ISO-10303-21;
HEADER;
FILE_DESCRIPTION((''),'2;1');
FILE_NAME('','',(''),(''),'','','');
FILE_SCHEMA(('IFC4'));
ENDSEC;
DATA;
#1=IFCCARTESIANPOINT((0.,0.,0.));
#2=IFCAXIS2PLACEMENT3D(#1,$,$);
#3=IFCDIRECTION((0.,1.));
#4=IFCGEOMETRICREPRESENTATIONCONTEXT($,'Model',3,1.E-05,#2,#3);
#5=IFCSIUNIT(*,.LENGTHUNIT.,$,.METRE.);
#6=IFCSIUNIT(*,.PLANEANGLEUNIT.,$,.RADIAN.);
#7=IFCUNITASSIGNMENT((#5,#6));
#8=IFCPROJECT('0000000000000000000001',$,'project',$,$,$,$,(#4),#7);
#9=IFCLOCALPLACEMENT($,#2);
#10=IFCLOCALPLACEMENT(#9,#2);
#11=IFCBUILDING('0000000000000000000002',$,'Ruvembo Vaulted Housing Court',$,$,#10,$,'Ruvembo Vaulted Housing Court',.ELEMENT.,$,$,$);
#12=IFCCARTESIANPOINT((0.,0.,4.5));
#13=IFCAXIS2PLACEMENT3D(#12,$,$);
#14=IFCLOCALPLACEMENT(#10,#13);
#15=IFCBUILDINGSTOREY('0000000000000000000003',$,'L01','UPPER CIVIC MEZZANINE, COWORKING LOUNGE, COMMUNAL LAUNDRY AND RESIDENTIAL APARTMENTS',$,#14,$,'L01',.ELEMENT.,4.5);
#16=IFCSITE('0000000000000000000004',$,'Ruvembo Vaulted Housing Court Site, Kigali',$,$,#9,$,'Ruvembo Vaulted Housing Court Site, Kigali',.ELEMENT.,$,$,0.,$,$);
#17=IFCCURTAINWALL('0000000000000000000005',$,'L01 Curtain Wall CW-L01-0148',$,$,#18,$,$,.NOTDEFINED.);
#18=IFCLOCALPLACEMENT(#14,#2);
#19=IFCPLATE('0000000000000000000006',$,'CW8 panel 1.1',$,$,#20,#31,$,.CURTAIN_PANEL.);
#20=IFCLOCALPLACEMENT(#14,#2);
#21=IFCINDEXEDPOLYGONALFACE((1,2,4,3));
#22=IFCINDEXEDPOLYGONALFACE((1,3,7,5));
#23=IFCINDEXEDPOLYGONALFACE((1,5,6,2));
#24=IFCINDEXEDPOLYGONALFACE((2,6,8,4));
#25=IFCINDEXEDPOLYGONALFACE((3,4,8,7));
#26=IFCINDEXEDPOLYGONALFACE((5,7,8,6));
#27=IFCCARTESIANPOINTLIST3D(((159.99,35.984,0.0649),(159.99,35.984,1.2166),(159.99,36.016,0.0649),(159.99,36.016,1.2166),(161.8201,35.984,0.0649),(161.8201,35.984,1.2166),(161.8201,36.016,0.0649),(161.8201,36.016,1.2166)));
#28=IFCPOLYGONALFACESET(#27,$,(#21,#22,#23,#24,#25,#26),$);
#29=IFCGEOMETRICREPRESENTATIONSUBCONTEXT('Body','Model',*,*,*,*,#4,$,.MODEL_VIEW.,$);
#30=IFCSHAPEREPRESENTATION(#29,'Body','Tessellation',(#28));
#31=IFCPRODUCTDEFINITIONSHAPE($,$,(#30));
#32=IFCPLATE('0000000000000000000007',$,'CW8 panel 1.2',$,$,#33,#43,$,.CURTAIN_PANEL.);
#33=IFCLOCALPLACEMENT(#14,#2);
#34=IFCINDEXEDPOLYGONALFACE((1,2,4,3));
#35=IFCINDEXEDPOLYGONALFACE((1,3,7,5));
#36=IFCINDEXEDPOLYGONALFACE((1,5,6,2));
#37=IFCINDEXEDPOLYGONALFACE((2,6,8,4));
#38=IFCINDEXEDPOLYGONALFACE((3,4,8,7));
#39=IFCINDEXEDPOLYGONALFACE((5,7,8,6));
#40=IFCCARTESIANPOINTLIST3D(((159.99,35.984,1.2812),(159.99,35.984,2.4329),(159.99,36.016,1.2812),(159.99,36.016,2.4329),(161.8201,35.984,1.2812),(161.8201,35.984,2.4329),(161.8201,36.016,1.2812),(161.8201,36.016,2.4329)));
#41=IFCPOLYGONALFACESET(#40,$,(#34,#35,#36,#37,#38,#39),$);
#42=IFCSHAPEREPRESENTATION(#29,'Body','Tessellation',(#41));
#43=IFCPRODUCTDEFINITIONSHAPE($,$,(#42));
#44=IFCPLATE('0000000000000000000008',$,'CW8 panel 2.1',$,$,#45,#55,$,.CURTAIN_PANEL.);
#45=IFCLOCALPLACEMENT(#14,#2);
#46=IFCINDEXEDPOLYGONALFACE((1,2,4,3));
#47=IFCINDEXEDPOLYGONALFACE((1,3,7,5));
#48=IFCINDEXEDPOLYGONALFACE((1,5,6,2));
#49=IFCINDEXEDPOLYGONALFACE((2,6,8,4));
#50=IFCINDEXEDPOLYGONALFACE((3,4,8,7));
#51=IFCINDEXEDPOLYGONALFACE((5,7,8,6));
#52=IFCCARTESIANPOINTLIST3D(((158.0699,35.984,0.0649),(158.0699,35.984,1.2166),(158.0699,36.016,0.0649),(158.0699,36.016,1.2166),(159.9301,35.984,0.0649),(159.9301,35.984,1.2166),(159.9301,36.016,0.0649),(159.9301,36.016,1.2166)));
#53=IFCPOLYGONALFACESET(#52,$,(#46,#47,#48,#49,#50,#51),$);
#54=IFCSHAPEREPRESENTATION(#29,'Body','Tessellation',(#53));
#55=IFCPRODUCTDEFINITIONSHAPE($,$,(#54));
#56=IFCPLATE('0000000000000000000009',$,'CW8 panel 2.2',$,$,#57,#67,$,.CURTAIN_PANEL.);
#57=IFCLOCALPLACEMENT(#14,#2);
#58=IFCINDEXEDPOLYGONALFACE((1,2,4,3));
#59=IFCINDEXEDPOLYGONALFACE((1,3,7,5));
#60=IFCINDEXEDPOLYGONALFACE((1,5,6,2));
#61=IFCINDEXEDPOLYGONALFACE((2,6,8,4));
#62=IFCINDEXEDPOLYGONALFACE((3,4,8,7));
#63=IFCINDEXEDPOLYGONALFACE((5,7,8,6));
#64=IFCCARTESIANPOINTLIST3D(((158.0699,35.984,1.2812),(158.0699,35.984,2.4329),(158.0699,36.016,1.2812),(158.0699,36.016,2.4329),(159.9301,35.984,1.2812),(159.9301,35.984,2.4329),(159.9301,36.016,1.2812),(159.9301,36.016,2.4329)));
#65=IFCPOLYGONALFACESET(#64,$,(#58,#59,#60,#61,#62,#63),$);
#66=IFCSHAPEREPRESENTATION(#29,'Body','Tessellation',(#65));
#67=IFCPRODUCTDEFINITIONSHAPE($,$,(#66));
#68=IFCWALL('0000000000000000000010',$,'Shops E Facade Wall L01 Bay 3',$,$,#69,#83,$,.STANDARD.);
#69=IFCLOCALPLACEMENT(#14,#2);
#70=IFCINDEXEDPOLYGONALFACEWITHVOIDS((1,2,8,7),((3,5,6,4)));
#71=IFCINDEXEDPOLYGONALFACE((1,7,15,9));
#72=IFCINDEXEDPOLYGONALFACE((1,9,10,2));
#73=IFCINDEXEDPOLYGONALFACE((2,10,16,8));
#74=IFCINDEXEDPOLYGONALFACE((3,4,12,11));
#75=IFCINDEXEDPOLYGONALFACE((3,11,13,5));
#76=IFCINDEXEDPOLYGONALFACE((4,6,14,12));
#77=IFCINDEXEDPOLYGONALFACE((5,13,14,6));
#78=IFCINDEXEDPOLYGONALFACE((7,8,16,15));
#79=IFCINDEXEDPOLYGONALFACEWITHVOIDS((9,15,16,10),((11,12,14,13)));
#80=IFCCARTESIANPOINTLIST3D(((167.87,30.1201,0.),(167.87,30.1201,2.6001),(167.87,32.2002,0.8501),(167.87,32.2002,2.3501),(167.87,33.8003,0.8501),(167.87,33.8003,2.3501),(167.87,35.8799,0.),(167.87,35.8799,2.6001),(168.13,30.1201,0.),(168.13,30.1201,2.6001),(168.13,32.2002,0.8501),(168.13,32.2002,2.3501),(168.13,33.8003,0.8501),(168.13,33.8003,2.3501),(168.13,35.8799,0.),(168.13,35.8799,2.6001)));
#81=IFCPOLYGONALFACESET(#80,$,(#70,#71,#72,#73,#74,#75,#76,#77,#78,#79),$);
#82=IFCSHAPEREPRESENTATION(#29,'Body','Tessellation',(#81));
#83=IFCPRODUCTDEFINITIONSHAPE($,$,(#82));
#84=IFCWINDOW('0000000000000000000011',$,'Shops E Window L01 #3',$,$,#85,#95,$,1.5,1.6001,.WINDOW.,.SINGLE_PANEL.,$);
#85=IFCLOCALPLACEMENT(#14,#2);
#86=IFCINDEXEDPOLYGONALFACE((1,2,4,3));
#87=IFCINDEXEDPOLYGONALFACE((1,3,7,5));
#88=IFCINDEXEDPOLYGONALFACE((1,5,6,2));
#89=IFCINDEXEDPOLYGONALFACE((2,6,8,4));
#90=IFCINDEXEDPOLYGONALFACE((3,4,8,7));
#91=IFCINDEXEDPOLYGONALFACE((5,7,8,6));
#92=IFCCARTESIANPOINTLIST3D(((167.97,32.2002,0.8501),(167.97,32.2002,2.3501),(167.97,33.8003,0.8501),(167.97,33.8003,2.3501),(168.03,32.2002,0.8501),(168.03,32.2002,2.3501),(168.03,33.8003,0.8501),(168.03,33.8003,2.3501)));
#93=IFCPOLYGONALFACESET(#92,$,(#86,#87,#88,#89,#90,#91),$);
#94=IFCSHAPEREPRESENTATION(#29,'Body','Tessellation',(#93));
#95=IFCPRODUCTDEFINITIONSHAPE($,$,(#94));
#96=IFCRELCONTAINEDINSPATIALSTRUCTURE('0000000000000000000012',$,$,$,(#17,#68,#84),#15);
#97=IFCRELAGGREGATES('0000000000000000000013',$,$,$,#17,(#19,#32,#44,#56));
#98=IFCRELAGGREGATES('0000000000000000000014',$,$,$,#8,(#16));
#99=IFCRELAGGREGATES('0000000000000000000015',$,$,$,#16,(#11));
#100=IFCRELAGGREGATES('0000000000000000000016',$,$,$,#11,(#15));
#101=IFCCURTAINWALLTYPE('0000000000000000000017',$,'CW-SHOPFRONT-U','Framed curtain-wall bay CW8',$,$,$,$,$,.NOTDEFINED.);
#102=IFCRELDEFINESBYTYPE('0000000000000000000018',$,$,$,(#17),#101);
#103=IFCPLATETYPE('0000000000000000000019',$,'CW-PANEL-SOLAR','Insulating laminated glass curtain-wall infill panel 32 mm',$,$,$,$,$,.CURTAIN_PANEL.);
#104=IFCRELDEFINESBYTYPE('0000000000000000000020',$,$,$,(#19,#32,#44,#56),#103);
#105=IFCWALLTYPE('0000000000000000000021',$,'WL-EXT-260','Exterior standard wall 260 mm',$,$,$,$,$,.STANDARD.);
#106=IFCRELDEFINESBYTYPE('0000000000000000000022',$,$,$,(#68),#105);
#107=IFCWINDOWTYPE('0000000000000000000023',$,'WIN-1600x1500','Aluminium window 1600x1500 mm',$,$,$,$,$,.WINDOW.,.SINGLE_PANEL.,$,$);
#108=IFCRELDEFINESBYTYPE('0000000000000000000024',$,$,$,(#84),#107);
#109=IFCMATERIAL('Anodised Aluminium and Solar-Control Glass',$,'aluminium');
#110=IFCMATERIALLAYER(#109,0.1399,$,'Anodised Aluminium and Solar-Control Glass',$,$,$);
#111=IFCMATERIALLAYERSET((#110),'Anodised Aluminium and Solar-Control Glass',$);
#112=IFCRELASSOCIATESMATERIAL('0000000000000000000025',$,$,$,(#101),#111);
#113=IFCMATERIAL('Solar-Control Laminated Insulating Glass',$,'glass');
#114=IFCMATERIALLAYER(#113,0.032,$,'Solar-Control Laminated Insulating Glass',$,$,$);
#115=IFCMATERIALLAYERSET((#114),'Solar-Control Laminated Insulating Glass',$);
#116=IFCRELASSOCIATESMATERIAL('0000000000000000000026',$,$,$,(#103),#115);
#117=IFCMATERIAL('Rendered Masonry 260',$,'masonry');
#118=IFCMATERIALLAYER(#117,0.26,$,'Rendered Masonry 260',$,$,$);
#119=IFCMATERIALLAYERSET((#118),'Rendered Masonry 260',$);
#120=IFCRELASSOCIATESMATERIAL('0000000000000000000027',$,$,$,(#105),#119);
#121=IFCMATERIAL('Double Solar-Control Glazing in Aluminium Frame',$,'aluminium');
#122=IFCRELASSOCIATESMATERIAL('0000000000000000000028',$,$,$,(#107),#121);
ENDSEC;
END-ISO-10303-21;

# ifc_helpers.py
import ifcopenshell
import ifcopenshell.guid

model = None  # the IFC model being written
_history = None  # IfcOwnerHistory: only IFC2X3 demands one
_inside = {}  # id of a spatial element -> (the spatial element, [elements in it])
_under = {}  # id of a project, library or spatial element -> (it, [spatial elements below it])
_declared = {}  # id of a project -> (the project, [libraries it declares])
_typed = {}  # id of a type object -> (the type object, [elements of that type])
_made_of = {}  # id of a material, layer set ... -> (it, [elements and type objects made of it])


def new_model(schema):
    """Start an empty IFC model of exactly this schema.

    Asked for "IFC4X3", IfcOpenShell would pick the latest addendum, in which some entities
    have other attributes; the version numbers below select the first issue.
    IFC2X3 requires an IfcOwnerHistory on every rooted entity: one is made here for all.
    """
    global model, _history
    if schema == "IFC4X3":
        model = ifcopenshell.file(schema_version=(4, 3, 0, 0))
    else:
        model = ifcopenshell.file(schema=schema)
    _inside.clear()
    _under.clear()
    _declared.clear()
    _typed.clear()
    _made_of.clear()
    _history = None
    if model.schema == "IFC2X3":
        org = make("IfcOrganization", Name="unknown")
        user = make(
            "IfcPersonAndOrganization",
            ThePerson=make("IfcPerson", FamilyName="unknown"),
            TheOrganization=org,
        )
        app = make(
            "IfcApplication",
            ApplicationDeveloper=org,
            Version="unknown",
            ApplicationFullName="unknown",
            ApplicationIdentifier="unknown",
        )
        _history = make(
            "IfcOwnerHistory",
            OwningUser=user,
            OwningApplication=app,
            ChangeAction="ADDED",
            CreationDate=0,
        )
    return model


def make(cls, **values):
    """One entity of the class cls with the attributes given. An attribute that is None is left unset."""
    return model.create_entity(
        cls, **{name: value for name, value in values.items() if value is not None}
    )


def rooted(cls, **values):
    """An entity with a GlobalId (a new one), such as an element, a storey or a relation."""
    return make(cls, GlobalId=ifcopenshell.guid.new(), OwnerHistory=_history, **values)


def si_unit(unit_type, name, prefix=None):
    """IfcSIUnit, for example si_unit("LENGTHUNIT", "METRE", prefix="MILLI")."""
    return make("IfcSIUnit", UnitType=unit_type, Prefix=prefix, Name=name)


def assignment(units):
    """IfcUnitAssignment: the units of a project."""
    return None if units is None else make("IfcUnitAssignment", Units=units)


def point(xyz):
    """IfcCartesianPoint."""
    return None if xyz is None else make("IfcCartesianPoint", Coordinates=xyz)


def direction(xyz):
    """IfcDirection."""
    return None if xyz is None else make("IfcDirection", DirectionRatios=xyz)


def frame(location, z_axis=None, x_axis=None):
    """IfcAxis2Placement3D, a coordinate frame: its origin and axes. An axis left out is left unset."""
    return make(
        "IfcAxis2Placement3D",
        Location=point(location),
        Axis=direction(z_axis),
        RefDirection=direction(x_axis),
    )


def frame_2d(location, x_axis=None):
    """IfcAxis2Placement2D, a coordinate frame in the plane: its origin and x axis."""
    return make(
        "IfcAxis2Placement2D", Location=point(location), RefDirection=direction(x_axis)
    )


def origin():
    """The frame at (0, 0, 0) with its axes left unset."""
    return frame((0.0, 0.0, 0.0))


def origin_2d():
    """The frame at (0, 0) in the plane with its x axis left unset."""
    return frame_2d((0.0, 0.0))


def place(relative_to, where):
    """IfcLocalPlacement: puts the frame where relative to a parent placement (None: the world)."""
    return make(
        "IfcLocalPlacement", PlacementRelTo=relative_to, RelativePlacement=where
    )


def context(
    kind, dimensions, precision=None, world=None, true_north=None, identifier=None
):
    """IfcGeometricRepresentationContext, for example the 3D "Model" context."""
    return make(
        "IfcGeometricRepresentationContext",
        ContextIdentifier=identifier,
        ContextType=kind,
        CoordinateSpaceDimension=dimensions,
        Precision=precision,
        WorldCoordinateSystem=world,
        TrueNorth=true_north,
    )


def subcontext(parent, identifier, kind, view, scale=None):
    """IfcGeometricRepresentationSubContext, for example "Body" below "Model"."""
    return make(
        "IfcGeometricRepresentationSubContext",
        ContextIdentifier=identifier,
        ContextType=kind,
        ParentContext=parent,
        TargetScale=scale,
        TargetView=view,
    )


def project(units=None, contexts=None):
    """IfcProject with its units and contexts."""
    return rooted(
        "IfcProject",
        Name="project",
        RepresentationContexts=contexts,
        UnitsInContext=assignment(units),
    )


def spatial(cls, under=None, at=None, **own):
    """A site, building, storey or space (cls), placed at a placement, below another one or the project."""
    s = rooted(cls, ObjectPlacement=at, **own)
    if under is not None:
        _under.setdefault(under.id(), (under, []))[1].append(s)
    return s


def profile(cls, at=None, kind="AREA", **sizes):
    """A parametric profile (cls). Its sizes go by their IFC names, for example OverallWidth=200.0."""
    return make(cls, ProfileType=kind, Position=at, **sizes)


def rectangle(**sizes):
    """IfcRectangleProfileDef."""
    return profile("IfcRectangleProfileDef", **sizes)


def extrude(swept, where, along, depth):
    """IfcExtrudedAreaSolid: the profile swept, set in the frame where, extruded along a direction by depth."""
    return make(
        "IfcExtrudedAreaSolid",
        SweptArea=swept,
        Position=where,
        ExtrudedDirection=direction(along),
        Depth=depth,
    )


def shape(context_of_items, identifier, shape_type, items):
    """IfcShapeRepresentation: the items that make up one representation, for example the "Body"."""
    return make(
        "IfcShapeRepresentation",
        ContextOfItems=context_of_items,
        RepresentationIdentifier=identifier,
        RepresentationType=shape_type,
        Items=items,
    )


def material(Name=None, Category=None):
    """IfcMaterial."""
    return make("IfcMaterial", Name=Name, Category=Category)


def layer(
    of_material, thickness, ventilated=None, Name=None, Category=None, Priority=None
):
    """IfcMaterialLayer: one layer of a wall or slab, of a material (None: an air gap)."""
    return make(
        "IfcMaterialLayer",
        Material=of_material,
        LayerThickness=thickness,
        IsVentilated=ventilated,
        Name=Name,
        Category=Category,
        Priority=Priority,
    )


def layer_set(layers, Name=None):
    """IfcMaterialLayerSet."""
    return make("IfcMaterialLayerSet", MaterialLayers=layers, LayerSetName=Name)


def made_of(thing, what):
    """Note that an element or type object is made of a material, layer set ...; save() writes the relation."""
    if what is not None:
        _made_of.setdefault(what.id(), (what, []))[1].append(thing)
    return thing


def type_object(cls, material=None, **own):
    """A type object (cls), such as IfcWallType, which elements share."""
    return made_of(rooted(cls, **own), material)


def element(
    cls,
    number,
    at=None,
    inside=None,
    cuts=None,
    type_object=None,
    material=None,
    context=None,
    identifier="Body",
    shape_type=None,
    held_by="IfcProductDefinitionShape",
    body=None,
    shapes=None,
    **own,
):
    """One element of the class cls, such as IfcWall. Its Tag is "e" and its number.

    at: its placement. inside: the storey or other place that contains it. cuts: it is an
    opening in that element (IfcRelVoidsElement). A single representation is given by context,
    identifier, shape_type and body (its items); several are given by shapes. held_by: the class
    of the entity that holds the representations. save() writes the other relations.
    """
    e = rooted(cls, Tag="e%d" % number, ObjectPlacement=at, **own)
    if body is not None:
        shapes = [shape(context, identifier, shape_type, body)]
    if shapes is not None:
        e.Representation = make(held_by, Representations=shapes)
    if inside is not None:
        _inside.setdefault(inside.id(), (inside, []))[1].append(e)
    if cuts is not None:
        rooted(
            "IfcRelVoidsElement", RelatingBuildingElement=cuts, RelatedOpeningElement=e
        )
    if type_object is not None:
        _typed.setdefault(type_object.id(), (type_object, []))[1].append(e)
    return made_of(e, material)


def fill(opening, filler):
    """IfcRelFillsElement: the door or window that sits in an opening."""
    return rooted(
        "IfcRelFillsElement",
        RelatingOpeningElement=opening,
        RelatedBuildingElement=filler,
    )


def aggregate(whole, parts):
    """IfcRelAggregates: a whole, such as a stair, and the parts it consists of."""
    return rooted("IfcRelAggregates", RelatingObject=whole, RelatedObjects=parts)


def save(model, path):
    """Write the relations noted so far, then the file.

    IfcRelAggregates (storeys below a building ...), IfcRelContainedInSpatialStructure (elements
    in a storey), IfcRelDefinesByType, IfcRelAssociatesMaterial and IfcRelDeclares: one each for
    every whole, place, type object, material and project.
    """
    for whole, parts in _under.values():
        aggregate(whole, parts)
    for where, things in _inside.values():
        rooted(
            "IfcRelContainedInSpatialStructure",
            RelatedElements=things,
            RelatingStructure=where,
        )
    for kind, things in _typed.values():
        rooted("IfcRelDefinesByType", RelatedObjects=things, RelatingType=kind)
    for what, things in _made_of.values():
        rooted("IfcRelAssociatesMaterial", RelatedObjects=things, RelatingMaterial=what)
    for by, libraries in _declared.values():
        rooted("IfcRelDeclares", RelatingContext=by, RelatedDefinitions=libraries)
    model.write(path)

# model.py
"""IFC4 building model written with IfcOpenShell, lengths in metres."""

from ifc_helpers import new_model, si_unit, direction, frame, frame_2d, origin, origin_2d, place, context, subcontext, project, spatial, rectangle, extrude, material, layer, layer_set, type_object, element, fill, aggregate, save


model = new_model("IFC4")

# Units and contexts
model_context = context("Model", 3, precision=1e-05, world=origin(), true_north=direction((0.0, 1.0)))
body_context = subcontext(model_context, "Body", "Model", "MODEL_VIEW")
ifc_project = project(units=[si_unit("LENGTHUNIT", "METRE"), si_unit("PLANEANGLEUNIT", "RADIAN")], contexts=[model_context])

# Site, building, storey
site_placement = place(None, origin())
site = spatial("IfcSite", under=ifc_project, at=site_placement, Name="Ruvembo Vaulted Housing Court Site, Kigali", LongName="Ruvembo Vaulted Housing Court Site, Kigali", CompositionType="ELEMENT", RefElevation=0.0)
building_placement = place(site_placement, origin())
building = spatial("IfcBuilding", under=site, at=building_placement, Name="Ruvembo Vaulted Housing Court", LongName="Ruvembo Vaulted Housing Court", CompositionType="ELEMENT")
storey_placement = place(building_placement, frame((0.0, 0.0, 4.5)))
storey = spatial("IfcBuildingStorey", under=building, at=storey_placement, Name="L01", Description="UPPER CIVIC MEZZANINE, COWORKING LOUNGE, COMMUNAL LAUNDRY AND RESIDENTIAL APARTMENTS", LongName="L01", CompositionType="ELEMENT", Elevation=4.5)

# Curtain wall
ifc_material_1 = material(Name="Anodised Aluminium and Solar-Control Glass", Category="aluminium")
ifc_layer_1 = layer(ifc_material_1, 0.1399, Name="Anodised Aluminium and Solar-Control Glass")
ifc_layer_set_1 = layer_set([ifc_layer_1], Name="Anodised Aluminium and Solar-Control Glass")
curtain_wall_type = type_object("IfcCurtainWallType", Name="CW-SHOPFRONT-U", Description="Framed curtain-wall bay CW8", PredefinedType="NOTDEFINED", material=ifc_layer_set_1)
curtain_wall_1_placement = place(storey_placement, origin())
curtain_wall_1 = element("IfcCurtainWall", 1, at=curtain_wall_1_placement, inside=storey, type_object=curtain_wall_type, Name="L01 Curtain Wall CW-L01-0148", PredefinedType="NOTDEFINED")

# Plates
ifc_material_2 = material(Name="Solar-Control Laminated Insulating Glass", Category="glass")
ifc_layer_2 = layer(ifc_material_2, 0.032, Name="Solar-Control Laminated Insulating Glass")
ifc_layer_set_2 = layer_set([ifc_layer_2], Name="Solar-Control Laminated Insulating Glass")
plate_type_1 = type_object("IfcPlateType", Name="CW-PANEL-SOLAR", Description="Insulating laminated glass curtain-wall infill panel 32 mm", PredefinedType="CURTAIN_PANEL", material=ifc_layer_set_2)
plate_1_placement = place(storey_placement, frame((160.905, 36.0, 0.0649), z_axis=(0.0, 0.0, 1.0), x_axis=(-1.0, 0.0, 0.0)))
plate_1 = element("IfcPlate", 2, at=plate_1_placement, type_object=plate_type_1, Name="CW8 panel 1.1", PredefinedType="CURTAIN_PANEL", context=body_context, shape_type="SweptSolid", body=[
    extrude(rectangle(XDim=1.8301, YDim=0.032, at=origin_2d()), origin(), (0.0, 0.0, 1.0), 1.1516),
])
plate_2_placement = place(storey_placement, frame((160.905, 36.0, 1.2812), z_axis=(0.0, 0.0, 1.0), x_axis=(-1.0, 0.0, 0.0)))
plate_2 = element("IfcPlate", 3, at=plate_2_placement, type_object=plate_type_1, Name="CW8 panel 1.2", PredefinedType="CURTAIN_PANEL", context=body_context, shape_type="SweptSolid", body=[
    extrude(rectangle(XDim=1.8301, YDim=0.032, at=origin_2d()), origin(), (0.0, 0.0, 1.0), 1.1516),
])
plate_3_placement = place(storey_placement, frame((159.0, 36.0, 0.0649), z_axis=(0.0, 0.0, 1.0), x_axis=(-1.0, 0.0, 0.0)))
plate_3 = element("IfcPlate", 4, at=plate_3_placement, type_object=plate_type_1, Name="CW8 panel 2.1", PredefinedType="CURTAIN_PANEL", context=body_context, shape_type="SweptSolid", body=[
    extrude(rectangle(XDim=1.8601, YDim=0.032, at=origin_2d()), origin(), (0.0, 0.0, 1.0), 1.1516),
])
plate_4_placement = place(storey_placement, frame((159.0, 36.0, 1.2812), z_axis=(0.0, 0.0, 1.0), x_axis=(-1.0, 0.0, 0.0)))
plate_4 = element("IfcPlate", 5, at=plate_4_placement, type_object=plate_type_1, Name="CW8 panel 2.2", PredefinedType="CURTAIN_PANEL", context=body_context, shape_type="SweptSolid", body=[
    extrude(rectangle(XDim=1.8601, YDim=0.032, at=origin_2d()), origin(), (0.0, 0.0, 1.0), 1.1516),
])
aggregate(curtain_wall_1, [plate_1, plate_2, plate_3, plate_4])

# Wall, opening, window
ifc_material_3 = material(Name="Rendered Masonry 260", Category="masonry")
ifc_layer_3 = layer(ifc_material_3, 0.26, Name="Rendered Masonry 260")
ifc_layer_set_3 = layer_set([ifc_layer_3], Name="Rendered Masonry 260")
wall_type = type_object("IfcWallType", Name="WL-EXT-260", Description="Exterior standard wall 260 mm", PredefinedType="STANDARD", material=ifc_layer_set_3)
wall_placement = place(storey_placement, frame((168.0, 30.1201, 0.0), z_axis=(0.0, 0.0, 1.0), x_axis=(0.0, 1.0, 0.0)))
wall = element("IfcWall", 6, at=wall_placement, inside=storey, type_object=wall_type, Name="Shops E Facade Wall L01 Bay 3", PredefinedType="STANDARD", context=body_context, shape_type="SweptSolid", body=[
    extrude(rectangle(XDim=5.7598, YDim=0.26, at=frame_2d((2.8799, 0.0))), origin(), (0.0, 0.0, 1.0), 2.6001),
])
opening_placement = place(wall_placement, frame((2.0801, 0.0, 0.8501)))
opening = element("IfcOpeningElement", 7, at=opening_placement, cuts=wall, PredefinedType="OPENING", context=body_context, shape_type="SweptSolid", body=[
    extrude(rectangle(XDim=1.6001, YDim=1.5, at=frame_2d((0.8, 0.75))), frame((0.0, 0.1399, 0.0), z_axis=(0.0, -1.0, 0.0), x_axis=(1.0, 0.0, 0.0)), (0.0, 0.0, 1.0), 0.28),
])
ifc_material_4 = material(Name="Double Solar-Control Glazing in Aluminium Frame", Category="aluminium")
window_type = type_object("IfcWindowType", Name="WIN-1600x1500", Description="Aluminium window 1600x1500 mm", PartitioningType="SINGLE_PANEL", PredefinedType="WINDOW", material=ifc_material_4)
window_placement = place(opening_placement, origin())
window = element("IfcWindow", 8, at=window_placement, inside=storey, type_object=window_type, Name="Shops E Window L01 #3", OverallHeight=1.5, OverallWidth=1.6001, PartitioningType="SINGLE_PANEL", PredefinedType="WINDOW", context=body_context, shape_type="SweptSolid", body=[
    extrude(rectangle(XDim=1.6001, YDim=1.5, at=frame_2d((0.8, 0.75))), frame((0.0, 0.03, 0.0), z_axis=(0.0, -1.0, 0.0), x_axis=(1.0, 0.0, 0.0)), (0.0, 0.0, 1.0), 0.0601),
])
fill(opening, window)

save(model, "model.ifc")
